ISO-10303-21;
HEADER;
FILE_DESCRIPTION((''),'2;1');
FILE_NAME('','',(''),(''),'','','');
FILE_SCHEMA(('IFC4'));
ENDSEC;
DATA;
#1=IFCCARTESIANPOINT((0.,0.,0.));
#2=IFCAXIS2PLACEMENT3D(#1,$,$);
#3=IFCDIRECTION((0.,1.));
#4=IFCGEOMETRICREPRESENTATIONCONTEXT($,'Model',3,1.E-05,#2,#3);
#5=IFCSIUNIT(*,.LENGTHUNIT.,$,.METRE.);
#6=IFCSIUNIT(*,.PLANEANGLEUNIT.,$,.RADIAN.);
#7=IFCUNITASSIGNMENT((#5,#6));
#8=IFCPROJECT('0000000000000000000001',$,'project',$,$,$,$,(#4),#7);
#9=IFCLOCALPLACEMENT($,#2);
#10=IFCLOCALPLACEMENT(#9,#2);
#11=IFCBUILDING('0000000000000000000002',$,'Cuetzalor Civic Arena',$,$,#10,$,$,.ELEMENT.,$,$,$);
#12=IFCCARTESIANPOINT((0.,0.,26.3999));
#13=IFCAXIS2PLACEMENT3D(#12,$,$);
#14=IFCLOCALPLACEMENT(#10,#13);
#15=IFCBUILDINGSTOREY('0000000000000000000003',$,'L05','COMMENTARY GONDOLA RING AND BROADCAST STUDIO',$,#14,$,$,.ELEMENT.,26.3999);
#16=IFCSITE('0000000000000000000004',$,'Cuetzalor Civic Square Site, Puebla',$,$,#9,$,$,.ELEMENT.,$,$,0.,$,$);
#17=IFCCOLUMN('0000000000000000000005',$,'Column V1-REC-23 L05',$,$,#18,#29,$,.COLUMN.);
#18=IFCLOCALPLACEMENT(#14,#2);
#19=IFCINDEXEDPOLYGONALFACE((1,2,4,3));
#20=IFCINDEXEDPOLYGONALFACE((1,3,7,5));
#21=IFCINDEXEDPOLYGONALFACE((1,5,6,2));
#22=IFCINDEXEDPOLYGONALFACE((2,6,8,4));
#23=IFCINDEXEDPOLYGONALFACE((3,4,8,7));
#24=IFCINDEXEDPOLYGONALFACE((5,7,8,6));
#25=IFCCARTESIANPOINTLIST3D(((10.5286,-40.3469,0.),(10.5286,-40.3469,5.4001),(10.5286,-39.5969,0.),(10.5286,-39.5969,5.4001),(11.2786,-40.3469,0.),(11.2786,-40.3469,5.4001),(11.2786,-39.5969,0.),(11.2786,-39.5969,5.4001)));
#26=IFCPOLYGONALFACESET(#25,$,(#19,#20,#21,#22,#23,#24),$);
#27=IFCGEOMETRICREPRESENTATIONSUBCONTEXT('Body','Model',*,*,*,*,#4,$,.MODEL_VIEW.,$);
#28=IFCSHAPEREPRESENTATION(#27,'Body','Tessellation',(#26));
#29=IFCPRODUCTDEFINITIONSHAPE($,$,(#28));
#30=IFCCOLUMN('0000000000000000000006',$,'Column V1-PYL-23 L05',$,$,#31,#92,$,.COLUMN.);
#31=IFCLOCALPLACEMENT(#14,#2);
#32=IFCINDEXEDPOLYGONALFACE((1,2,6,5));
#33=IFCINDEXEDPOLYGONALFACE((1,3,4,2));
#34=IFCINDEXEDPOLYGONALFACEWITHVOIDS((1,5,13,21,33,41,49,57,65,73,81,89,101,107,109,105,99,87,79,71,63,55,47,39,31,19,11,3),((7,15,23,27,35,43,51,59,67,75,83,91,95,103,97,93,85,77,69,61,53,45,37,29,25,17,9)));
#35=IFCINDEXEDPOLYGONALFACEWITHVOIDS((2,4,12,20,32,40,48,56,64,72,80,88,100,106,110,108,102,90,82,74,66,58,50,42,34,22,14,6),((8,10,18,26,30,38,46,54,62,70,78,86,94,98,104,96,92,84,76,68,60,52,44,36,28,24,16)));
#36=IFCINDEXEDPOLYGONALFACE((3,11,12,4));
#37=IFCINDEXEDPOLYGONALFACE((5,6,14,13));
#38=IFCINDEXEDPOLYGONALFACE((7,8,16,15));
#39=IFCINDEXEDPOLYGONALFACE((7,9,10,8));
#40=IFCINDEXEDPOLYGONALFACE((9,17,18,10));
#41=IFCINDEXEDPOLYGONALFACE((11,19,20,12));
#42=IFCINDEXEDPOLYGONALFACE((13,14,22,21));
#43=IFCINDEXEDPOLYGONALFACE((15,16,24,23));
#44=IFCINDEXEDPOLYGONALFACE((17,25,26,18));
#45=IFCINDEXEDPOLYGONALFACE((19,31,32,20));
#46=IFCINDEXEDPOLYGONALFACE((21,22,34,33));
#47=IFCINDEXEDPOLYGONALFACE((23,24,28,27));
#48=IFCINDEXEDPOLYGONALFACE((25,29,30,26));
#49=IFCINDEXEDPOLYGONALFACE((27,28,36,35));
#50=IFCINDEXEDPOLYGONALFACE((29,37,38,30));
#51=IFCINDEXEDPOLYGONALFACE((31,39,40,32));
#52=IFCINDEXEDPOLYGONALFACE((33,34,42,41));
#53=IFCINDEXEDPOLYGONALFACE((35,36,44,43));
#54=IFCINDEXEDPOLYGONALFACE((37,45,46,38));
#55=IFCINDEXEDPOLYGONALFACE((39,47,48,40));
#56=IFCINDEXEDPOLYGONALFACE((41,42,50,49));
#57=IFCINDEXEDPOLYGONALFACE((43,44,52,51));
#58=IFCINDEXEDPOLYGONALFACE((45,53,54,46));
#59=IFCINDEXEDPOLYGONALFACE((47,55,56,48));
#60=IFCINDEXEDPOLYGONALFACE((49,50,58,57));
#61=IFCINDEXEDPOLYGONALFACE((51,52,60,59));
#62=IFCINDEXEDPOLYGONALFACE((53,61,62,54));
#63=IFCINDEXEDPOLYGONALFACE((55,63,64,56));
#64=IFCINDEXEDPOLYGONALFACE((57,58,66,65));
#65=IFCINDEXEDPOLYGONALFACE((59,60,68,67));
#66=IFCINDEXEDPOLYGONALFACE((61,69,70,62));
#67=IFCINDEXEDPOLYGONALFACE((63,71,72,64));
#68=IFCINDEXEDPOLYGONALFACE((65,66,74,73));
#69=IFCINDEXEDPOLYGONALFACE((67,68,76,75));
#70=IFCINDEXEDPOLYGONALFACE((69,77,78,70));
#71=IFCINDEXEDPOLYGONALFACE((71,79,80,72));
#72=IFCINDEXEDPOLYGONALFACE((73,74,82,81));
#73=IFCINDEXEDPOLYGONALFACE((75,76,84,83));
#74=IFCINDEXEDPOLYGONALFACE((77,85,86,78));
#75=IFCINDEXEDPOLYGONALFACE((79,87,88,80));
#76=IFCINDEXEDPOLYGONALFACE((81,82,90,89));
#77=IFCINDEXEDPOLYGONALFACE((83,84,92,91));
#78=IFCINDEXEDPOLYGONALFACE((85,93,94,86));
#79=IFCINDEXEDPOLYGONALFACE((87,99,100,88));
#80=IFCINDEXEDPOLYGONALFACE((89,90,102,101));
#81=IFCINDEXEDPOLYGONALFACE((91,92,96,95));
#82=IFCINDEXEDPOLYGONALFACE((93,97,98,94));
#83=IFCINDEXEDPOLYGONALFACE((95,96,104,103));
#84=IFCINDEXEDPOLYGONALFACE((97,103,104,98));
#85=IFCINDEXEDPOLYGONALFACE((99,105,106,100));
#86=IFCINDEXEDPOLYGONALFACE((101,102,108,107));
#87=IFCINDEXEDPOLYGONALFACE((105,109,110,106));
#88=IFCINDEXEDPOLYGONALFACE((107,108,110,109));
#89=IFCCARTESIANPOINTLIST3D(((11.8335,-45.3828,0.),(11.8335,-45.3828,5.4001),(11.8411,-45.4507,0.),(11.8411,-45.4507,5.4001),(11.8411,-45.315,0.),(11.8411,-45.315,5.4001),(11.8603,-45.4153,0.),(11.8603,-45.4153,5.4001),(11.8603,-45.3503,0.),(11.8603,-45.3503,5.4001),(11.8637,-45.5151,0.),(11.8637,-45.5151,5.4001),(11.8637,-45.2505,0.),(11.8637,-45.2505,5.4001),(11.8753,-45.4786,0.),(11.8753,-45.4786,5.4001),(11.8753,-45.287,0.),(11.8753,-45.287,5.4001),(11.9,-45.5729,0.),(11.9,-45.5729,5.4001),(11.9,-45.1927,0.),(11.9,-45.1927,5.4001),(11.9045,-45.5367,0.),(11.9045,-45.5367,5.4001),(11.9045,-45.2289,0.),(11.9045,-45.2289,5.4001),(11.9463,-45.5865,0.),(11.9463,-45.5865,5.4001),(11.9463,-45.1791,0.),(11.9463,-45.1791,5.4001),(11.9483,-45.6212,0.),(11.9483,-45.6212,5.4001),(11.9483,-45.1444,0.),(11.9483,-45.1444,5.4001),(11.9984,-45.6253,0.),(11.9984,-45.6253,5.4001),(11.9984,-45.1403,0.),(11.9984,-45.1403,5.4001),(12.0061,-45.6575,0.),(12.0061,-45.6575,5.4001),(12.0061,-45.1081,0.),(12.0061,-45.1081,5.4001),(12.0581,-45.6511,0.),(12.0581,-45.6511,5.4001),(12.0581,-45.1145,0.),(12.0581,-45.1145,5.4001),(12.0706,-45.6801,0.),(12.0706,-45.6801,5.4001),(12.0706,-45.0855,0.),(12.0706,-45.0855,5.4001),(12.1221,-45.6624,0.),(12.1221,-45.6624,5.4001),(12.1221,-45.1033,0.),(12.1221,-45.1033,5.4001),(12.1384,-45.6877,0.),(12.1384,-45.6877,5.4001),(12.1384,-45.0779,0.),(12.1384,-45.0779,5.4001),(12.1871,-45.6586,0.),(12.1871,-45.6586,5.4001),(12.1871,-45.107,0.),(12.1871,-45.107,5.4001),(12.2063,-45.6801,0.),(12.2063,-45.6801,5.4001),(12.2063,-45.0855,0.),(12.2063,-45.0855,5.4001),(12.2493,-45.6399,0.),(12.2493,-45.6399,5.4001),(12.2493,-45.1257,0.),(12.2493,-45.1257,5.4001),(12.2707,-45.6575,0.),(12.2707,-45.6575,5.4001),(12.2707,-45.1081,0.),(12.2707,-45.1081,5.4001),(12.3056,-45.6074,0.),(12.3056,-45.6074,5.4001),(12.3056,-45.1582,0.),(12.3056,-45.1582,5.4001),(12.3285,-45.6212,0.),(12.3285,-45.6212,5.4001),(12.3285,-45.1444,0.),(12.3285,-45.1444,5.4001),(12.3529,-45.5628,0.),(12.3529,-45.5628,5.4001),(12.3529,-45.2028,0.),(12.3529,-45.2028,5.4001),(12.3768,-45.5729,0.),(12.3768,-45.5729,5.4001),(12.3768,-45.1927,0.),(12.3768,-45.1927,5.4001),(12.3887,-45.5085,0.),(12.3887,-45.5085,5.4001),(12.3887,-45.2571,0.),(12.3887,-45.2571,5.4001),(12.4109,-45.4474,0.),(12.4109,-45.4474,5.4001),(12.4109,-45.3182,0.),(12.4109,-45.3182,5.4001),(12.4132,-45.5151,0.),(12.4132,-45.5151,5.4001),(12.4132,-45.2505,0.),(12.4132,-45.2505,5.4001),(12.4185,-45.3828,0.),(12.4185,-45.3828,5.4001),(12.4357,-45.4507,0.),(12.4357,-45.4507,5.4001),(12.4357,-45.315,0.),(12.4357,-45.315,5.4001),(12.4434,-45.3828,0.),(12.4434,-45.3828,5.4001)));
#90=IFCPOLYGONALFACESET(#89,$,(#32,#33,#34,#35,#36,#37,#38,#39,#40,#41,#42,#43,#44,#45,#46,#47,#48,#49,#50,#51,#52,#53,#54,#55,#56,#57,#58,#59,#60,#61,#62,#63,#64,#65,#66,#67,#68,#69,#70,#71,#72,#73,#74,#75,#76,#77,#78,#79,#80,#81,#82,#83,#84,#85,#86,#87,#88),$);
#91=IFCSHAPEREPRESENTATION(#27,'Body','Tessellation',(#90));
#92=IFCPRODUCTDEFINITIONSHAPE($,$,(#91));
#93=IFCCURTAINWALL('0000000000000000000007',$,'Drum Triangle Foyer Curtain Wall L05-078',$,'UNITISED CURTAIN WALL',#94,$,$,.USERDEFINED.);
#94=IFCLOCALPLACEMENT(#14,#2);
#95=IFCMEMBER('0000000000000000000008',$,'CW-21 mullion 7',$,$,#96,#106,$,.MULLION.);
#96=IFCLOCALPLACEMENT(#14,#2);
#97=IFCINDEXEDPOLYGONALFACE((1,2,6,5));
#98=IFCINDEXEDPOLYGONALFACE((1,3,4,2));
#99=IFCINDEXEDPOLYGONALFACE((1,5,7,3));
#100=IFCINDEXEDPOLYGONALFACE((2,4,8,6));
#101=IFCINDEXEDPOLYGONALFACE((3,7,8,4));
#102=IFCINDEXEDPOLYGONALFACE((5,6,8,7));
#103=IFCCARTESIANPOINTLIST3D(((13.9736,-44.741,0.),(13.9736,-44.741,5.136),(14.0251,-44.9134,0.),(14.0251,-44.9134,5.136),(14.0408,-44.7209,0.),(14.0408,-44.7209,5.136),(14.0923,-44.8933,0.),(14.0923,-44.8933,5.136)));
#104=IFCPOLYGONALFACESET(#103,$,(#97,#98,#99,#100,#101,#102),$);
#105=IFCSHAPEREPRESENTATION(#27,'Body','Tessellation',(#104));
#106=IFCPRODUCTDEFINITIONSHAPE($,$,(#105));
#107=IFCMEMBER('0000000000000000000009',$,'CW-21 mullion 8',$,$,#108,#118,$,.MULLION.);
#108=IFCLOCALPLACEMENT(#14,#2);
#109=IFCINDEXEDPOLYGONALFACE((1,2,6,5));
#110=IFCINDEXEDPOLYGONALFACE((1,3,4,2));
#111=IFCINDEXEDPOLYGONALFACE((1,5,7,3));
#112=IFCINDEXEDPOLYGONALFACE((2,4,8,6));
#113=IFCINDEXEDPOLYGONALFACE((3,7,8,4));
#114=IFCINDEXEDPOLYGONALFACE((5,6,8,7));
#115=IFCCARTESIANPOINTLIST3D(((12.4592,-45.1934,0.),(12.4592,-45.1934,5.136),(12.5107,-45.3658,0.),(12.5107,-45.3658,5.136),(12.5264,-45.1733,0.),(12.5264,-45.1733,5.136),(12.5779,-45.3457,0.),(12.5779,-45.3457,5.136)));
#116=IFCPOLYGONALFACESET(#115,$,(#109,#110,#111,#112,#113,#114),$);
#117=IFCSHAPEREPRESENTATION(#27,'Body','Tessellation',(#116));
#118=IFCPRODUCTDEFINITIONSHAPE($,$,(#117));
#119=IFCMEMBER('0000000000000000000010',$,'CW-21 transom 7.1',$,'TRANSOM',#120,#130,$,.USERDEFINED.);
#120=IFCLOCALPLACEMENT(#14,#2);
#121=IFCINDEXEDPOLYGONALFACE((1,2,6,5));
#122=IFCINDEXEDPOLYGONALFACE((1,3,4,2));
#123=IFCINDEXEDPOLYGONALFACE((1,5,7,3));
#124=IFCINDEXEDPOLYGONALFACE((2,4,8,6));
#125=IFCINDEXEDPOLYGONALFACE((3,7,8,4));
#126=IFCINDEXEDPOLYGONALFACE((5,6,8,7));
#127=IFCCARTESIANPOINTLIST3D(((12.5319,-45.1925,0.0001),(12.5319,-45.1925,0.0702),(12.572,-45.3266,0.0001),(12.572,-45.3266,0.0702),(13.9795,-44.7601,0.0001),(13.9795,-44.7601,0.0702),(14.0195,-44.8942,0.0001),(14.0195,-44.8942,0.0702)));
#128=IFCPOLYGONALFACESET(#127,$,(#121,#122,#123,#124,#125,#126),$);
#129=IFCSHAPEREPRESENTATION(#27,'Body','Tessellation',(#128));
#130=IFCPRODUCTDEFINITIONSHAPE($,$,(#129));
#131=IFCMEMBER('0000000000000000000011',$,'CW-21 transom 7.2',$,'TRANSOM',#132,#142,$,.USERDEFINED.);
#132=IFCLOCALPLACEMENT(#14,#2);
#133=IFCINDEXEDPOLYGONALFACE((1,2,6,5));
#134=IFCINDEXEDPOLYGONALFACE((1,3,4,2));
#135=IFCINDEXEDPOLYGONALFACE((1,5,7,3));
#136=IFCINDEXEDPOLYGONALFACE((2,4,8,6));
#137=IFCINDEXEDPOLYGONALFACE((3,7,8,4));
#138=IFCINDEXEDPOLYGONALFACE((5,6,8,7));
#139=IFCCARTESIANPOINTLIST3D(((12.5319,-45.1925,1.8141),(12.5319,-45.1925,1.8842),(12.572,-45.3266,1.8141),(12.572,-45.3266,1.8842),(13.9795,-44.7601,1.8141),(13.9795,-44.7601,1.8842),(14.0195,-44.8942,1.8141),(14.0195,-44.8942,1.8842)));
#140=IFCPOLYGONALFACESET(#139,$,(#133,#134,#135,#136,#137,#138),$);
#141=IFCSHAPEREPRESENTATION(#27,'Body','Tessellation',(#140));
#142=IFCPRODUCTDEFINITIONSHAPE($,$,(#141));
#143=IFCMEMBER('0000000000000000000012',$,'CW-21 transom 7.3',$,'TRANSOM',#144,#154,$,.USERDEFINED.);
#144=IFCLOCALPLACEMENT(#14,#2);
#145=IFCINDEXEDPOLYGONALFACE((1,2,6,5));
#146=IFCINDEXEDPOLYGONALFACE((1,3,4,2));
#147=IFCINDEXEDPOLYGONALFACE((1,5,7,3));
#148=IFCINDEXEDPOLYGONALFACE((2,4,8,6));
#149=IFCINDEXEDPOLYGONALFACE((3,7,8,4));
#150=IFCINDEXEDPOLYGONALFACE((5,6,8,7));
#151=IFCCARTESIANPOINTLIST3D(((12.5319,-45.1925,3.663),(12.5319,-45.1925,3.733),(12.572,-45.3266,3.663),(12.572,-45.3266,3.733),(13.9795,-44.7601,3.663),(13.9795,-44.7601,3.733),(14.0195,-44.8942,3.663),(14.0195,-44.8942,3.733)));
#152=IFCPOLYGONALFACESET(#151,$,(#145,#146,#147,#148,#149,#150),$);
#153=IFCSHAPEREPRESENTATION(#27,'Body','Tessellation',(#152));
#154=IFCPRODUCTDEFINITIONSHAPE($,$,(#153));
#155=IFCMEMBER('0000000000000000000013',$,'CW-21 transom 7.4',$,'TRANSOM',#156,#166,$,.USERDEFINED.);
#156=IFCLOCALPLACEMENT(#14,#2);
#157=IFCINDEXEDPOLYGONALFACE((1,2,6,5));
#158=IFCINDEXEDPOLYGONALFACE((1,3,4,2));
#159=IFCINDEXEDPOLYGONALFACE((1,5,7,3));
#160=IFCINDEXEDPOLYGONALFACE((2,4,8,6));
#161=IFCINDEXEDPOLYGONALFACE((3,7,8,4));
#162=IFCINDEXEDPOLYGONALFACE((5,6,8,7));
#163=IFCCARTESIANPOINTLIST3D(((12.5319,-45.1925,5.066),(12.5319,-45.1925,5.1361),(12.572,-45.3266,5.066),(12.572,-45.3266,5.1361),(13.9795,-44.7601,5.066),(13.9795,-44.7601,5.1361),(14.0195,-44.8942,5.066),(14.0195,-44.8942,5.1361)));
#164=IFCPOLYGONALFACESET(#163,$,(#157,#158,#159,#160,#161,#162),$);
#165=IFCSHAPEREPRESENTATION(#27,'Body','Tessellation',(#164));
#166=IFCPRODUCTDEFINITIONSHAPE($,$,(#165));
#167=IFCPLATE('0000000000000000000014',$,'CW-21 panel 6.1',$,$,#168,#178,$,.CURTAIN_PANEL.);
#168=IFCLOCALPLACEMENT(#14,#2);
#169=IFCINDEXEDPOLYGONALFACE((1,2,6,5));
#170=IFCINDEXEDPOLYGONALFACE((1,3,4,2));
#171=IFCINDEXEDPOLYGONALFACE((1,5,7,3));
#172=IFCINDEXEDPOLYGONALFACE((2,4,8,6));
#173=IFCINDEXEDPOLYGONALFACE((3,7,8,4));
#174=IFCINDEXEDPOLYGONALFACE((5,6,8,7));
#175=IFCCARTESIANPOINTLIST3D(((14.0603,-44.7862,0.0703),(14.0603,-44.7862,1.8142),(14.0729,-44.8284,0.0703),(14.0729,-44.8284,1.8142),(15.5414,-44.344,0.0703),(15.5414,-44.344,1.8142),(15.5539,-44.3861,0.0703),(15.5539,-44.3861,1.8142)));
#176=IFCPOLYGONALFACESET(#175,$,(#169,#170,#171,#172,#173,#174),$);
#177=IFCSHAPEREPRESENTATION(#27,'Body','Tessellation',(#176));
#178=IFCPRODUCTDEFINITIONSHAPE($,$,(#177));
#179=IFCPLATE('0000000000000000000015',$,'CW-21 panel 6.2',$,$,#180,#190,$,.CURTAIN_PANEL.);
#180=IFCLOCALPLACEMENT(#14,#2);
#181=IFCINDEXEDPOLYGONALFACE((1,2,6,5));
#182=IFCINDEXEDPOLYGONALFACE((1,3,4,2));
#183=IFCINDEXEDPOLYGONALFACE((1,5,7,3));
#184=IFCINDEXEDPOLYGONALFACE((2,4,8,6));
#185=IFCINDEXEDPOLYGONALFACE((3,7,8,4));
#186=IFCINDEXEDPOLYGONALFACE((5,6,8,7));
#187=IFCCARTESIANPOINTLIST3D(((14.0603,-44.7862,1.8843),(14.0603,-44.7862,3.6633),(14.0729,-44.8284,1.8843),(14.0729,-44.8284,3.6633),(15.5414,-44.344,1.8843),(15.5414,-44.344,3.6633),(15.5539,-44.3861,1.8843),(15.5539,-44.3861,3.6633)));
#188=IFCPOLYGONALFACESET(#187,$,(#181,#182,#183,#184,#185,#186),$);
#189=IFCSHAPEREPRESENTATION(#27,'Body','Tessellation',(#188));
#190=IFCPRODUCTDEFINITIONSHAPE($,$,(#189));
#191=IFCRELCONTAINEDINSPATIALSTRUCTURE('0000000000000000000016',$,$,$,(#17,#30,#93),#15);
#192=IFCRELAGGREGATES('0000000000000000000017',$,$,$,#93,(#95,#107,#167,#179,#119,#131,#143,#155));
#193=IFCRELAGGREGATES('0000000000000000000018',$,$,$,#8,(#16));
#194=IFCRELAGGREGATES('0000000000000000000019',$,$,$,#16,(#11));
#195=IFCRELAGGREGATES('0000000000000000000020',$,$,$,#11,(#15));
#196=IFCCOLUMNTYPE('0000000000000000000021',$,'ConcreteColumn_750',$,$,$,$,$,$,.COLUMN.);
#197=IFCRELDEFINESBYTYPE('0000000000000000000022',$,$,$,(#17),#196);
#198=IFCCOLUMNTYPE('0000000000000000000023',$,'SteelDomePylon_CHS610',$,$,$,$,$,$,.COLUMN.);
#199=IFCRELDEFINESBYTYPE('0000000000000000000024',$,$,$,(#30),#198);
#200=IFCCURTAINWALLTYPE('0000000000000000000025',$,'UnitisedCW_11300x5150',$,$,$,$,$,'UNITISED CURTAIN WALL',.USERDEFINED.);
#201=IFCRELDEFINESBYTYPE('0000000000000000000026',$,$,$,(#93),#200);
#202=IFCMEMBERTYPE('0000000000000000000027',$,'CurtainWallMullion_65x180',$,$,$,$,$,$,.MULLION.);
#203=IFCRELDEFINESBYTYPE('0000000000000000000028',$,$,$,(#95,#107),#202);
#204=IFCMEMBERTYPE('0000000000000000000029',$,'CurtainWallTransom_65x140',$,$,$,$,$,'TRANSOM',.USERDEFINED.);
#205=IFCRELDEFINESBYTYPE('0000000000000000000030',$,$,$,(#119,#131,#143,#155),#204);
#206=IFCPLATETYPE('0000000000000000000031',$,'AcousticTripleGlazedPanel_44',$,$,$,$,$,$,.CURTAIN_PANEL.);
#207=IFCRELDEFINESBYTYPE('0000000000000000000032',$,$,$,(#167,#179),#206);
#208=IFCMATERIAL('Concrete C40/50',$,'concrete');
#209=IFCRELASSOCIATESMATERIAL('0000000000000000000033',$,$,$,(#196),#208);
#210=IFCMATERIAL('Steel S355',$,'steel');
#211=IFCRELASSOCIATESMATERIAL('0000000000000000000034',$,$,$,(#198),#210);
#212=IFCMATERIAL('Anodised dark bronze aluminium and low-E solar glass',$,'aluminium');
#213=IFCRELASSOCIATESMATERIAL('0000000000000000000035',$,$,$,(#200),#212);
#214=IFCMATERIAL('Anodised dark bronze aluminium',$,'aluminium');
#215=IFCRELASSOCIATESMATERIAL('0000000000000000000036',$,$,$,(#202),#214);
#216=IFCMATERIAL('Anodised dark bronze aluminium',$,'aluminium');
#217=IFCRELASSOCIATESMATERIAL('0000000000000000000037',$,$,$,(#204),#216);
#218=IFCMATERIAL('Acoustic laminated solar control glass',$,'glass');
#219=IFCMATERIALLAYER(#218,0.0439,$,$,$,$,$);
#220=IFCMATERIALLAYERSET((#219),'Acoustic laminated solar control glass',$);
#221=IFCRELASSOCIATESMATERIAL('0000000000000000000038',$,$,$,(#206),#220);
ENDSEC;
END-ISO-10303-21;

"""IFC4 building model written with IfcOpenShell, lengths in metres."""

from ifc_helpers import new_model, si_unit, direction, frame, origin, origin_2d, place, context, subcontext, project, spatial, rectangle, hollow_circle, extrude, material, layer, layer_set, material_profile, profile_set, type_object, element, aggregate, save


model = new_model("IFC4")

# Units and contexts
model_context = context("Model", 3, precision=1e-05, world=origin(), true_north=direction((0.0, 1.0)))
body_context = subcontext(model_context, "Body", "Model", "MODEL_VIEW")
ifc_project = project(units=[si_unit("LENGTHUNIT", "METRE"), si_unit("PLANEANGLEUNIT", "RADIAN")], contexts=[model_context])

# Site, building, storey
site_placement = place(None, origin())
site = spatial("IfcSite", under=ifc_project, at=site_placement, Name="Cuetzalor Civic Square Site, Puebla", CompositionType="ELEMENT", RefElevation=0.0)
building_placement = place(site_placement, origin())
building = spatial("IfcBuilding", under=site, at=building_placement, Name="Cuetzalor Civic Arena", CompositionType="ELEMENT")
storey_placement = place(building_placement, frame((0.0, 0.0, 26.3999)))
storey = spatial("IfcBuildingStorey", under=building, at=storey_placement, Name="L05", Description="COMMENTARY GONDOLA RING AND BROADCAST STUDIO", CompositionType="ELEMENT", Elevation=26.3999)

# Columns
ifc_material_1 = material(Name="Concrete C40/50", Category="concrete")
ifc_material_profile_1 = material_profile(ifc_material_1, rectangle(XDim=0.75, YDim=0.75, at=origin_2d()), Name="RC 750x750")
ifc_profile_set_1 = profile_set([ifc_material_profile_1], Name="Concrete C40/50")
column_type_1 = type_object("IfcColumnType", Name="ConcreteColumn_750", PredefinedType="COLUMN", material=ifc_profile_set_1)
column_1_placement = place(storey_placement, frame((10.9036, -39.9719, 0.0), z_axis=(0.0, 0.0, 1.0), x_axis=(1.0, 0.0, 0.0)))
element("IfcColumn", 1, at=column_1_placement, inside=storey, type_object=column_type_1, Name="Column V1-REC-23 L05", PredefinedType="COLUMN", context=body_context, shape_type="SweptSolid", body=[
    extrude(rectangle(XDim=0.75, YDim=0.75, at=origin_2d()), origin(), (0.0, 0.0, 1.0), 5.4001),
])
ifc_material_2 = material(Name="Steel S355", Category="steel")
ifc_material_profile_2 = material_profile(ifc_material_2, hollow_circle(Radius=0.3049, WallThickness=0.0249, at=origin_2d()), Name="CHS 610x25")
ifc_profile_set_2 = profile_set([ifc_material_profile_2], Name="Steel S355")
column_type_2 = type_object("IfcColumnType", Name="SteelDomePylon_CHS610", PredefinedType="COLUMN", material=ifc_profile_set_2)
column_2_placement = place(storey_placement, frame((12.1384, -45.3828, 0.0), z_axis=(0.0, 0.0, 1.0), x_axis=(1.0, 0.0, 0.0)))
element("IfcColumn", 2, at=column_2_placement, inside=storey, type_object=column_type_2, Name="Column V1-PYL-23 L05", PredefinedType="COLUMN", context=body_context, shape_type="SweptSolid", body=[
    extrude(hollow_circle(Radius=0.3049, WallThickness=0.0249, at=origin_2d()), origin(), (0.0, 0.0, 1.0), 5.4001),
])

# Curtain wall, members, plates
ifc_material_3 = material(Name="Anodised dark bronze aluminium and low-E solar glass", Category="aluminium")
curtain_wall_type = type_object("IfcCurtainWallType", Name="UnitisedCW_11300x5150", ElementType="UNITISED CURTAIN WALL", PredefinedType="USERDEFINED", material=ifc_material_3)
curtain_wall_placement = place(storey_placement, origin())
curtain_wall = element("IfcCurtainWall", 3, at=curtain_wall_placement, inside=storey, type_object=curtain_wall_type, Name="Drum Triangle Foyer Curtain Wall L05-078", ObjectType="UNITISED CURTAIN WALL", PredefinedType="USERDEFINED")
ifc_material_4 = material(Name="Anodised dark bronze aluminium", Category="aluminium")
ifc_material_profile_3 = material_profile(ifc_material_4, rectangle(XDim=0.0701, YDim=0.1799, at=origin_2d()), Name="ALU MULLION 70x180")
ifc_profile_set_3 = profile_set([ifc_material_profile_3], Name="Anodised dark bronze aluminium")
member_type_1 = type_object("IfcMemberType", Name="CurtainWallMullion_65x180", PredefinedType="MULLION", material=ifc_profile_set_3)
member_1_placement = place(storey_placement, frame((14.033, -44.8171, 0.0), z_axis=(0.0, 0.0, 1.0), x_axis=(-0.958194, -0.28612, 0.0)))
member_1 = element("IfcMember", 4, at=member_1_placement, type_object=member_type_1, Name="CW-21 mullion 7", PredefinedType="MULLION", context=body_context, shape_type="SweptSolid", body=[
    extrude(rectangle(XDim=0.0701, YDim=0.1799, at=origin_2d()), origin(), (0.0, 0.0, 1.0), 5.136),
])
member_2_placement = place(storey_placement, frame((12.5186, -45.2695, 0.0), z_axis=(0.0, 0.0, 1.0), x_axis=(-0.958194, -0.28612, 0.0)))
member_2 = element("IfcMember", 5, at=member_2_placement, type_object=member_type_1, Name="CW-21 mullion 8", PredefinedType="MULLION", context=body_context, shape_type="SweptSolid", body=[
    extrude(rectangle(XDim=0.0701, YDim=0.1799, at=origin_2d()), origin(), (0.0, 0.0, 1.0), 5.136),
])
ifc_material_5 = material(Name="Anodised dark bronze aluminium", Category="aluminium")
ifc_material_profile_4 = material_profile(ifc_material_5, rectangle(XDim=0.1399, YDim=0.0701, at=origin_2d()), Name="ALU TRANSOM 70x140")
ifc_profile_set_4 = profile_set([ifc_material_profile_4], Name="Anodised dark bronze aluminium")
member_type_2 = type_object("IfcMemberType", Name="CurtainWallTransom_65x140", ElementType="TRANSOM", PredefinedType="USERDEFINED", material=ifc_profile_set_4)
member_3_placement = place(storey_placement, frame((13.9995, -44.8271, 0.0352), z_axis=(-0.958168, -0.286206, 0.0), x_axis=(0.286206, -0.958168, 0.0)))
member_3 = element("IfcMember", 6, at=member_3_placement, type_object=member_type_2, Name="CW-21 transom 7.1", ObjectType="TRANSOM", PredefinedType="USERDEFINED", context=body_context, shape_type="SweptSolid", body=[
    extrude(rectangle(XDim=0.1399, YDim=0.0701, at=origin_2d()), origin(), (0.0, 0.0, 1.0), 1.5107),
])
member_4_placement = place(storey_placement, frame((13.9995, -44.8271, 1.8491), z_axis=(-0.958168, -0.286206, 0.0), x_axis=(0.286206, -0.958168, 0.0)))
member_4 = element("IfcMember", 7, at=member_4_placement, type_object=member_type_2, Name="CW-21 transom 7.2", ObjectType="TRANSOM", PredefinedType="USERDEFINED", context=body_context, shape_type="SweptSolid", body=[
    extrude(rectangle(XDim=0.1399, YDim=0.0701, at=origin_2d()), origin(), (0.0, 0.0, 1.0), 1.5107),
])
member_5_placement = place(storey_placement, frame((13.9995, -44.8271, 3.698), z_axis=(-0.958168, -0.286206, 0.0), x_axis=(0.286206, -0.958168, 0.0)))
member_5 = element("IfcMember", 8, at=member_5_placement, type_object=member_type_2, Name="CW-21 transom 7.3", ObjectType="TRANSOM", PredefinedType="USERDEFINED", context=body_context, shape_type="SweptSolid", body=[
    extrude(rectangle(XDim=0.1399, YDim=0.0701, at=origin_2d()), origin(), (0.0, 0.0, 1.0), 1.5107),
])
member_6_placement = place(storey_placement, frame((13.9995, -44.8271, 5.1011), z_axis=(-0.958168, -0.286206, 0.0), x_axis=(0.286206, -0.958168, 0.0)))
member_6 = element("IfcMember", 9, at=member_6_placement, type_object=member_type_2, Name="CW-21 transom 7.4", ObjectType="TRANSOM", PredefinedType="USERDEFINED", context=body_context, shape_type="SweptSolid", body=[
    extrude(rectangle(XDim=0.1399, YDim=0.0701, at=origin_2d()), origin(), (0.0, 0.0, 1.0), 1.5107),
])
ifc_material_6 = material(Name="Acoustic laminated solar control glass", Category="glass")
ifc_layer_1 = layer(ifc_material_6, 0.0439)
ifc_layer_set_1 = layer_set([ifc_layer_1], Name="Acoustic laminated solar control glass")
plate_type = type_object("IfcPlateType", Name="AcousticTripleGlazedPanel_44", PredefinedType="CURTAIN_PANEL", material=ifc_layer_set_1)
plate_1_placement = place(storey_placement, frame((14.8071, -44.5862, 0.0703), z_axis=(0.0, 0.0, 1.0), x_axis=(-0.958194, -0.28612, 0.0)))
plate_1 = element("IfcPlate", 10, at=plate_1_placement, type_object=plate_type, Name="CW-21 panel 6.1", PredefinedType="CURTAIN_PANEL", context=body_context, shape_type="SweptSolid", body=[
    extrude(rectangle(XDim=1.5457, YDim=0.0439, at=origin_2d()), origin(), (0.0, 0.0, 1.0), 1.7439),
])
plate_2_placement = place(storey_placement, frame((14.8071, -44.5862, 1.8843), z_axis=(0.0, 0.0, 1.0), x_axis=(-0.958194, -0.28612, 0.0)))
plate_2 = element("IfcPlate", 11, at=plate_2_placement, type_object=plate_type, Name="CW-21 panel 6.2", PredefinedType="CURTAIN_PANEL", context=body_context, shape_type="SweptSolid", body=[
    extrude(rectangle(XDim=1.5457, YDim=0.0439, at=origin_2d()), origin(), (0.0, 0.0, 1.0), 1.7791),
])
aggregate(curtain_wall, [member_1, member_2, plate_1, plate_2, member_3, member_4, member_5, member_6])

save(model, "model.ifc")
